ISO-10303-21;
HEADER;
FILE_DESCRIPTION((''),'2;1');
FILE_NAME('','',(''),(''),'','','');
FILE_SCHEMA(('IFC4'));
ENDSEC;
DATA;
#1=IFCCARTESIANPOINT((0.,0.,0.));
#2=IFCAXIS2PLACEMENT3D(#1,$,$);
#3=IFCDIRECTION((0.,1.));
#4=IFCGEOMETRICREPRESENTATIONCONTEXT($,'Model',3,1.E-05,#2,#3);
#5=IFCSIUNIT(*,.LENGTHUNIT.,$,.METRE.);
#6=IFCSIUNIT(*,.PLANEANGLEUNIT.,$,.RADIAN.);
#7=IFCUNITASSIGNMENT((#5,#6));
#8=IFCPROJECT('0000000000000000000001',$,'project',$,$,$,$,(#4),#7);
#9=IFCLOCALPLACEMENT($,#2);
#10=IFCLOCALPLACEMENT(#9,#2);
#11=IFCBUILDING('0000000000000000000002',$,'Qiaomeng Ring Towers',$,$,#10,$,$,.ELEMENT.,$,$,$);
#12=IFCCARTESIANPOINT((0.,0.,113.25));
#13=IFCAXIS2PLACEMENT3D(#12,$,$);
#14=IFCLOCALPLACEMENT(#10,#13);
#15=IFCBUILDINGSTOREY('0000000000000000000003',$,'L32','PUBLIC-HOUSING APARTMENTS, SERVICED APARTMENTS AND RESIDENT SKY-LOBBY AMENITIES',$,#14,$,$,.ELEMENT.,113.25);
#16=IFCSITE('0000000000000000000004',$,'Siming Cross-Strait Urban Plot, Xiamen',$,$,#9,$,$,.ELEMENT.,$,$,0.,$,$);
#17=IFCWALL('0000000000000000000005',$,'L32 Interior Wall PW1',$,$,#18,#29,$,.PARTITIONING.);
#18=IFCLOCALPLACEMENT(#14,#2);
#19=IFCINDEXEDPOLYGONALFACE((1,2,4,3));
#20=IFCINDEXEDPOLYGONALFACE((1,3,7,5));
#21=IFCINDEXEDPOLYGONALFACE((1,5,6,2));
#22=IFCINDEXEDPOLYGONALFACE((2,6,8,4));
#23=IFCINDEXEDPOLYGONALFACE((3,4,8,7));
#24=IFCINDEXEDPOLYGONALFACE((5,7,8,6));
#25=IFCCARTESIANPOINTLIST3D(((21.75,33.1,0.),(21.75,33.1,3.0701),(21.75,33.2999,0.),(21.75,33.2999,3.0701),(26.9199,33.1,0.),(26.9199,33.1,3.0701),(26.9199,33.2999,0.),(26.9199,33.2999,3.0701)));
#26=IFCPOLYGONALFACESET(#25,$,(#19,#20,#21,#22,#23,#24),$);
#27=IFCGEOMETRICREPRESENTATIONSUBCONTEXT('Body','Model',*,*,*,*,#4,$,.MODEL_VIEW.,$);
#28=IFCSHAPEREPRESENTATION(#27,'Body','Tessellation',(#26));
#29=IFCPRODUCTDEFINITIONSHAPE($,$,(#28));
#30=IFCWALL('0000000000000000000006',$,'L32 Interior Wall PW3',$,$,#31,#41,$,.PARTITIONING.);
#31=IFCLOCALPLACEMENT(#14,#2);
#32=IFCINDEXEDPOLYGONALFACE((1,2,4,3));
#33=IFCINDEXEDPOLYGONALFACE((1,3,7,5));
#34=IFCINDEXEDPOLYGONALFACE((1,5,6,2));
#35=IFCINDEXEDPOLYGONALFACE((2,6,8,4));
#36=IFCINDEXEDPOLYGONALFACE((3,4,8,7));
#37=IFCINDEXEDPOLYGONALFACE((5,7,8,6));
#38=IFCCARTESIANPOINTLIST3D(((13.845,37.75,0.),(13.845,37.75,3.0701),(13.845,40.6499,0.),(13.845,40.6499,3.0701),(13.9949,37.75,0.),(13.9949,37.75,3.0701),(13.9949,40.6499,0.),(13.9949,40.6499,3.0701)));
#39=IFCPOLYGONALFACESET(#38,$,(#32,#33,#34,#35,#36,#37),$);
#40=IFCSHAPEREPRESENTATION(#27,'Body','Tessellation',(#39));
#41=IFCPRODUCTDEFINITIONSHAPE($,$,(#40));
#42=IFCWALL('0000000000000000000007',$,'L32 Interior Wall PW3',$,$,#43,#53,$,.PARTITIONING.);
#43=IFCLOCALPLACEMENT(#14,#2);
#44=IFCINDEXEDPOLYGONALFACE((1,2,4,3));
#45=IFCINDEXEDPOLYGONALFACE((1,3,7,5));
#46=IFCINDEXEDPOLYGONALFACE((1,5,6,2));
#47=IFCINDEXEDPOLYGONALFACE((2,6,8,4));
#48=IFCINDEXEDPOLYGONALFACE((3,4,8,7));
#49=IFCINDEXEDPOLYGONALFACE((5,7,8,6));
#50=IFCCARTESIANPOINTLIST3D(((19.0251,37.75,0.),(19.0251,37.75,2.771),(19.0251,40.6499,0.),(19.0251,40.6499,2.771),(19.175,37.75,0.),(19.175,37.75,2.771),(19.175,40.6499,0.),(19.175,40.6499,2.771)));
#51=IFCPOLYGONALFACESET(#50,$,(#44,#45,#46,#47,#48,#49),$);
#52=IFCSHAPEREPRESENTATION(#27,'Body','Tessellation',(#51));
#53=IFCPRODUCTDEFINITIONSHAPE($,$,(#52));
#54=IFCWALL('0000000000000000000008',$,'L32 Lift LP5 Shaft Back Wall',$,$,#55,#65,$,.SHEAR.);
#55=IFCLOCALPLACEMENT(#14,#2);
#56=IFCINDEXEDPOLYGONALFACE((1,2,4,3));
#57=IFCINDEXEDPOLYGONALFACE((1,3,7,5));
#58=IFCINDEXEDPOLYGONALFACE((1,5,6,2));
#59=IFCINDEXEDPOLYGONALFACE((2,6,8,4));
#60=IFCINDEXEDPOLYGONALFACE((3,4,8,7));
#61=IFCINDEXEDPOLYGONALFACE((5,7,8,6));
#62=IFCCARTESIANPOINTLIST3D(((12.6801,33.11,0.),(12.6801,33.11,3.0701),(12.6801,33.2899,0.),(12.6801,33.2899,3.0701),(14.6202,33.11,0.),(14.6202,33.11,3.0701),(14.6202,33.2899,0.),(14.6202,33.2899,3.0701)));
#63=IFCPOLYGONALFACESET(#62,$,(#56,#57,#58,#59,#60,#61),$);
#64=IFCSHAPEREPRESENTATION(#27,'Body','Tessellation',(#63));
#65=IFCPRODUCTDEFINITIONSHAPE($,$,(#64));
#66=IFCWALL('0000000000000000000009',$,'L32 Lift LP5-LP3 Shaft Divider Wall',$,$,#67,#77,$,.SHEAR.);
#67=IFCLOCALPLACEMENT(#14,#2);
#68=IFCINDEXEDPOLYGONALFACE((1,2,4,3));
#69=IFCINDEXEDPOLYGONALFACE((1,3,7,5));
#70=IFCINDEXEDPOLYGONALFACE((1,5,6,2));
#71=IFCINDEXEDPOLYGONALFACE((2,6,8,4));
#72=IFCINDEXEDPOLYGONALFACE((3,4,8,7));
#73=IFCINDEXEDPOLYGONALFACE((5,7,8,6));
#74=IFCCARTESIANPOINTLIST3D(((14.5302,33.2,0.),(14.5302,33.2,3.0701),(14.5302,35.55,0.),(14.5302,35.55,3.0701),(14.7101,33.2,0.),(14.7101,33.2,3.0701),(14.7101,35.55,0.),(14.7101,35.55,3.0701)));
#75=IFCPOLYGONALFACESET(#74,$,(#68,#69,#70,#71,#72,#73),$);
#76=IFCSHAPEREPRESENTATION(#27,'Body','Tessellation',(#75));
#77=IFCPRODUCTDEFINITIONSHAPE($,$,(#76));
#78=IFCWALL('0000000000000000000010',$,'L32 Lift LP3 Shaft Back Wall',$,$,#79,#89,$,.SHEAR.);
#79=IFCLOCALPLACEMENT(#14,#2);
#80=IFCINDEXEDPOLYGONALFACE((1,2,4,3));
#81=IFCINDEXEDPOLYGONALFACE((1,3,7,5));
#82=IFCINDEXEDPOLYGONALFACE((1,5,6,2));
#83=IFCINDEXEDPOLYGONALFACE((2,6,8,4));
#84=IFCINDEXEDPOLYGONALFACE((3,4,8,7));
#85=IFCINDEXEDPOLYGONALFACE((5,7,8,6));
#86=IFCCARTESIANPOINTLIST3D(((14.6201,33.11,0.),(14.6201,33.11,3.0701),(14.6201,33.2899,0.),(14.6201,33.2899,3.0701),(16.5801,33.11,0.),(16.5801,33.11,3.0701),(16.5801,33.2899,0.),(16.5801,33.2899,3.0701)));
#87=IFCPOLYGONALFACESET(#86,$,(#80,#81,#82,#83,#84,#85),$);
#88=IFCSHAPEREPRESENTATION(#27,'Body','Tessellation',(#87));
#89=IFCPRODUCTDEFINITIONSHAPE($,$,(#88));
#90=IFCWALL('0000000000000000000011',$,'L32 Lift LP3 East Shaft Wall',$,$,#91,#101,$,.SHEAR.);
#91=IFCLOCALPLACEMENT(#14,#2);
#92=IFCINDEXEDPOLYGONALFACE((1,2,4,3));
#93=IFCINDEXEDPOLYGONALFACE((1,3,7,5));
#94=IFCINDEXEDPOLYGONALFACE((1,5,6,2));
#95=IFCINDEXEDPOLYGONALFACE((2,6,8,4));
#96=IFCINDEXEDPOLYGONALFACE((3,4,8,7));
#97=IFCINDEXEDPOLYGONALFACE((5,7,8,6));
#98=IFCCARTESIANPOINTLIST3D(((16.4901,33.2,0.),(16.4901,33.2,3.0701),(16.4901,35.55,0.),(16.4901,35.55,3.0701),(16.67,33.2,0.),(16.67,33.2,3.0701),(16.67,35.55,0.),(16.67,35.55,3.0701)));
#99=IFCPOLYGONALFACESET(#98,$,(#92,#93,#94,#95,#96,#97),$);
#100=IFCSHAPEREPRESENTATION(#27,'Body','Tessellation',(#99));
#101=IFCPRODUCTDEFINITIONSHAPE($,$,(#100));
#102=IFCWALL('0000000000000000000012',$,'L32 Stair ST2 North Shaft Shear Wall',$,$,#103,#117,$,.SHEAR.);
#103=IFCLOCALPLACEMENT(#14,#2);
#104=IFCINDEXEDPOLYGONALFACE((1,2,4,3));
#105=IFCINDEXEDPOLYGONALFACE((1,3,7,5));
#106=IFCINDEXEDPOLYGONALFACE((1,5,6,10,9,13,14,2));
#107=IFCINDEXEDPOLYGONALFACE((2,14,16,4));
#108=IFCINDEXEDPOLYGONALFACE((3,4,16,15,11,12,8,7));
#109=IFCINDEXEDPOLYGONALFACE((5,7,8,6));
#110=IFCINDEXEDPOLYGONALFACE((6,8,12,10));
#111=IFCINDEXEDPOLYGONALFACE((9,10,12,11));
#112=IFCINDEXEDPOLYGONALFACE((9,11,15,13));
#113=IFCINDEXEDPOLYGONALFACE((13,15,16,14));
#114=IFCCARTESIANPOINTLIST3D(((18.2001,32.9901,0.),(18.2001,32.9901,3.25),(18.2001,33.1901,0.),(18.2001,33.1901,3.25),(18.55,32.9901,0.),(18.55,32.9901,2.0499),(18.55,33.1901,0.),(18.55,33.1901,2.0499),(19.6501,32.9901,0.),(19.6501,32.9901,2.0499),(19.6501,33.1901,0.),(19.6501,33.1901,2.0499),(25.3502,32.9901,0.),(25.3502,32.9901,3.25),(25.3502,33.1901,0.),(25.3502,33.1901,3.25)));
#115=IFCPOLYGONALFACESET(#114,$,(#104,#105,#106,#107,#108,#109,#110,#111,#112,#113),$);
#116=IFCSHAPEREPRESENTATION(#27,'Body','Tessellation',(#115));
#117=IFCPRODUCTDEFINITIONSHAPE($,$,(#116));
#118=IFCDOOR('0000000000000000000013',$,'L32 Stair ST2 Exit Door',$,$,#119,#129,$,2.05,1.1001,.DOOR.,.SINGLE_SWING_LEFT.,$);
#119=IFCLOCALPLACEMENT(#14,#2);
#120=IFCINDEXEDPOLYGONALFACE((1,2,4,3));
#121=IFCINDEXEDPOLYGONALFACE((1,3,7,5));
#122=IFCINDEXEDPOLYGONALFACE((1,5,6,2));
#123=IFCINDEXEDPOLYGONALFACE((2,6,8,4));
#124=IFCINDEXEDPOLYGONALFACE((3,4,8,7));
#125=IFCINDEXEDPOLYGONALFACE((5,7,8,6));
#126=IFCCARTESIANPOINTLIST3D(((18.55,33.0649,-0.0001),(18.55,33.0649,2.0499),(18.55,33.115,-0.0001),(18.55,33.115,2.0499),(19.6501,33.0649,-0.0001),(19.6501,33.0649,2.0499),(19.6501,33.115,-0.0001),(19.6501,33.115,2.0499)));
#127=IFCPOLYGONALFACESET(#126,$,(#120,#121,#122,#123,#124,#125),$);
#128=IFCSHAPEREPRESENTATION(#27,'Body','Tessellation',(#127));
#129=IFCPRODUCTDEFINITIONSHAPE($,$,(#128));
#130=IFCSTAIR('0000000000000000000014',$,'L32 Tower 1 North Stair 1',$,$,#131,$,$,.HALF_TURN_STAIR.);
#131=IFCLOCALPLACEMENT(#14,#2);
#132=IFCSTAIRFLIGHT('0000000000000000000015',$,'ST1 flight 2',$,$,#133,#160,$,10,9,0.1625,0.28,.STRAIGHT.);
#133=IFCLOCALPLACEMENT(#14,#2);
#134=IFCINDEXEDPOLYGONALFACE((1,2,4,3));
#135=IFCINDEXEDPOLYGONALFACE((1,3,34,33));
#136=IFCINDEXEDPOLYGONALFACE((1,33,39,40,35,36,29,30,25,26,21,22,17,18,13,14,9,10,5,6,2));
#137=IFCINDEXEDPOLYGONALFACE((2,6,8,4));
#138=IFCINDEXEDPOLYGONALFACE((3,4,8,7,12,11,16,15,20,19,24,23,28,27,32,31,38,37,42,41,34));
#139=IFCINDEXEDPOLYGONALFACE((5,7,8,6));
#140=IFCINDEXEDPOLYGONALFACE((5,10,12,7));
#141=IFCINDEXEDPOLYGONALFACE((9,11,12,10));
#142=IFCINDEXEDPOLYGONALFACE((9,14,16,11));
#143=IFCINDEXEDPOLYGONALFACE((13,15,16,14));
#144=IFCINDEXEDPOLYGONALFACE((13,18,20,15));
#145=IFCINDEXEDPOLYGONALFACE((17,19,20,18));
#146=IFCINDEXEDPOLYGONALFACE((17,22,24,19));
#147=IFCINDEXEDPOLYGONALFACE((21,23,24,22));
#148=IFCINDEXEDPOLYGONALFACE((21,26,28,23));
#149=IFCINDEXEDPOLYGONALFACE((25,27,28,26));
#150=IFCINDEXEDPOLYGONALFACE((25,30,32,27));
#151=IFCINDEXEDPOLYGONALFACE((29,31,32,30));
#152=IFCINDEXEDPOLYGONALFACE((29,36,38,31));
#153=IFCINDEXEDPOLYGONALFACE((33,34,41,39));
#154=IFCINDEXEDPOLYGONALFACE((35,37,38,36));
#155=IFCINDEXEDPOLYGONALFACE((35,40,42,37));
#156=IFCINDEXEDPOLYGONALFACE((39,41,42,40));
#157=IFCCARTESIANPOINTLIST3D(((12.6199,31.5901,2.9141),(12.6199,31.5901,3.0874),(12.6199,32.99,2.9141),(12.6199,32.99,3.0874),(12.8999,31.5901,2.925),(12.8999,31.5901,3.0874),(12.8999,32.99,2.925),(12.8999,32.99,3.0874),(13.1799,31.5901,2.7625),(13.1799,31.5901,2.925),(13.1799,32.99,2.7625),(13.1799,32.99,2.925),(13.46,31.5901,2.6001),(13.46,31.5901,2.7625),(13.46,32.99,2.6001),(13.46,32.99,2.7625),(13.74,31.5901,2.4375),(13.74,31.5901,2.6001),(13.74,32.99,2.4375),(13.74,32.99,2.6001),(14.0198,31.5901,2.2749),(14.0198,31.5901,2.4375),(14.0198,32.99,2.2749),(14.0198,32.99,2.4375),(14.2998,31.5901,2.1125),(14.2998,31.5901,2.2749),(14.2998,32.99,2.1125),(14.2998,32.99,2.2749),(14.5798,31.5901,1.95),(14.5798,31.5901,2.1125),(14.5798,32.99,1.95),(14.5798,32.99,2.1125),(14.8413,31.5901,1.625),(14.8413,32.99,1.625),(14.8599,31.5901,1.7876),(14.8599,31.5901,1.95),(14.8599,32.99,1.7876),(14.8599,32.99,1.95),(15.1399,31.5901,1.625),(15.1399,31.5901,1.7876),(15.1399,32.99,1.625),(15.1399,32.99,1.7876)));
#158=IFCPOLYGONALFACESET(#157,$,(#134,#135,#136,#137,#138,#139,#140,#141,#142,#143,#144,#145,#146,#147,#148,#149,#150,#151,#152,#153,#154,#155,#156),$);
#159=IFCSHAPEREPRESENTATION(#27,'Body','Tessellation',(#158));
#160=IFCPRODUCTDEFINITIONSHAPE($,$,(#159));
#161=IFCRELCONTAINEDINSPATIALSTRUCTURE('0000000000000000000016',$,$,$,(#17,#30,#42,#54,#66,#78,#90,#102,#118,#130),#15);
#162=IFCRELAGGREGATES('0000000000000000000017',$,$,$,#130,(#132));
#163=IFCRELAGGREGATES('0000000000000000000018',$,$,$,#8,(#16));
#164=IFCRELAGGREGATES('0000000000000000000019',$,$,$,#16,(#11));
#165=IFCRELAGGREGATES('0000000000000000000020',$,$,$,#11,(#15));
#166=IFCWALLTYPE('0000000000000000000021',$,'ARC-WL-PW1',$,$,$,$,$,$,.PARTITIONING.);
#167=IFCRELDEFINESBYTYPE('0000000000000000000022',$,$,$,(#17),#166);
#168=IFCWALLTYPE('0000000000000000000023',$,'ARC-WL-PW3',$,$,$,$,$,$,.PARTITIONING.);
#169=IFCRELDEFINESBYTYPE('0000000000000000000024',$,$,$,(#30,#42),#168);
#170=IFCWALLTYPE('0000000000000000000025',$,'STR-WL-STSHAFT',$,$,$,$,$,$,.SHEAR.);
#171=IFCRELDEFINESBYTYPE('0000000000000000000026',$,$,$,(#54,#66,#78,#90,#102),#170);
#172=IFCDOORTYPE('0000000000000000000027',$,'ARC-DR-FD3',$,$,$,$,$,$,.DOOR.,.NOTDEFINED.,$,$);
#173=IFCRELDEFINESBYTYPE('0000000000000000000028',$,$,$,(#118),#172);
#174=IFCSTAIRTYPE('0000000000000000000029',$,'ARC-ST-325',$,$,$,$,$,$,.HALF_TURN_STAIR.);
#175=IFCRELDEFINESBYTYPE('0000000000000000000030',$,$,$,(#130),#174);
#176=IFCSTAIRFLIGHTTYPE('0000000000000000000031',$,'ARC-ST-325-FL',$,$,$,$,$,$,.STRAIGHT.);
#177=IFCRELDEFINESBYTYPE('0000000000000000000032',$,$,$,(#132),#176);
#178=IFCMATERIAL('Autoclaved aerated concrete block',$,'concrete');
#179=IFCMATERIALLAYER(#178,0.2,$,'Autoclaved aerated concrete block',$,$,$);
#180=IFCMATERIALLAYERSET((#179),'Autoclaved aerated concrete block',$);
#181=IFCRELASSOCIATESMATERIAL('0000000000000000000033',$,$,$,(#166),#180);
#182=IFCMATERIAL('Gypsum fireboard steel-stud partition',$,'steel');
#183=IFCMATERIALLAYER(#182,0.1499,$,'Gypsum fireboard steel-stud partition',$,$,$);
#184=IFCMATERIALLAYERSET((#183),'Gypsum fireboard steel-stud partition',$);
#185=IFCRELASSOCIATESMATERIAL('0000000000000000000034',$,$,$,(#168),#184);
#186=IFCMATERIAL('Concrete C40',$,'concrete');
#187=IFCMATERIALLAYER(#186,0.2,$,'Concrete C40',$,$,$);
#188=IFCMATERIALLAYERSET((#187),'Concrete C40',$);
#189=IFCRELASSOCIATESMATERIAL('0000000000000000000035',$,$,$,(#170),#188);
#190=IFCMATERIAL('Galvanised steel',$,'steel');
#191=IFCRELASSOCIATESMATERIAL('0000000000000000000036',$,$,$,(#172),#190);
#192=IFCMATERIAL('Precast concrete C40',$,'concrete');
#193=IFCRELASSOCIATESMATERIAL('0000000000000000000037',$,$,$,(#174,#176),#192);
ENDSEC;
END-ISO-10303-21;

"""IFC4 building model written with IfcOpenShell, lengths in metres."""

from ifc_helpers import new_model, si_unit, direction, frame, frame_2d, origin, place, context, subcontext, project, spatial, polyline, rectangle, outline, extrude, source, transform, mapped, material, layer, layer_set, type_object, element, fill, aggregate, save


model = new_model("IFC4")

# Units and contexts
model_context = context("Model", 3, precision=1e-05, world=origin(), true_north=direction((0.0, 1.0)))
body_context = subcontext(model_context, "Body", "Model", "MODEL_VIEW")
ifc_project = project(units=[si_unit("LENGTHUNIT", "METRE"), si_unit("PLANEANGLEUNIT", "RADIAN")], contexts=[model_context])

# Site, building, storey
site_placement = place(None, origin())
site = spatial("IfcSite", under=ifc_project, at=site_placement, Name="Siming Cross-Strait Urban Plot, Xiamen", CompositionType="ELEMENT", RefElevation=0.0)
building_placement = place(site_placement, origin())
building = spatial("IfcBuilding", under=site, at=building_placement, Name="Qiaomeng Ring Towers", CompositionType="ELEMENT")
storey_placement = place(building_placement, frame((0.0, 0.0, 113.25)))
storey = spatial("IfcBuildingStorey", under=building, at=storey_placement, Name="L32", Description="PUBLIC-HOUSING APARTMENTS, SERVICED APARTMENTS AND RESIDENT SKY-LOBBY AMENITIES", CompositionType="ELEMENT", Elevation=113.25)

# Walls
ifc_material_1 = material(Name="Autoclaved aerated concrete block", Category="concrete")
ifc_layer_1 = layer(ifc_material_1, 0.2, Name="Autoclaved aerated concrete block")
ifc_layer_set_1 = layer_set([ifc_layer_1], Name="Autoclaved aerated concrete block")
wall_type_1 = type_object("IfcWallType", Name="ARC-WL-PW1", PredefinedType="PARTITIONING", material=ifc_layer_set_1)
wall_1_placement = place(storey_placement, frame((21.75, 33.2, 0.0), z_axis=(0.0, 0.0, 1.0), x_axis=(1.0, 0.0, 0.0)))
element("IfcWall", 1, at=wall_1_placement, inside=storey, type_object=wall_type_1, Name="L32 Interior Wall PW1", PredefinedType="PARTITIONING", context=body_context, shape_type="SweptSolid", body=[
    extrude(rectangle(XDim=5.1699, YDim=0.2, at=frame_2d((2.585, 0.0))), origin(), (0.0, 0.0, 1.0), 3.0701),
])
ifc_material_2 = material(Name="Gypsum fireboard steel-stud partition", Category="steel")
ifc_layer_2 = layer(ifc_material_2, 0.1499, Name="Gypsum fireboard steel-stud partition")
ifc_layer_set_2 = layer_set([ifc_layer_2], Name="Gypsum fireboard steel-stud partition")
wall_type_2 = type_object("IfcWallType", Name="ARC-WL-PW3", PredefinedType="PARTITIONING", material=ifc_layer_set_2)
wall_2_placement = place(storey_placement, frame((13.9199, 37.75, 0.0), z_axis=(0.0, 0.0, 1.0), x_axis=(0.0, 1.0, 0.0)))
element("IfcWall", 2, at=wall_2_placement, inside=storey, type_object=wall_type_2, Name="L32 Interior Wall PW3", PredefinedType="PARTITIONING", context=body_context, shape_type="SweptSolid", body=[
    extrude(rectangle(XDim=2.8999, YDim=0.1499, at=frame_2d((1.45, 0.0))), origin(), (0.0, 0.0, 1.0), 3.0701),
])
wall_3_placement = place(storey_placement, frame((19.1001, 37.75, 0.0), z_axis=(0.0, 0.0, 1.0), x_axis=(0.0, 1.0, 0.0)))
element("IfcWall", 3, at=wall_3_placement, inside=storey, type_object=wall_type_2, Name="L32 Interior Wall PW3", PredefinedType="PARTITIONING", context=body_context, shape_type="SweptSolid", body=[
    extrude(rectangle(XDim=2.8999, YDim=0.1499, at=frame_2d((1.45, 0.0))), origin(), (0.0, 0.0, 1.0), 2.771),
])
ifc_material_3 = material(Name="Concrete C40", Category="concrete")
ifc_layer_3 = layer(ifc_material_3, 0.2, Name="Concrete C40")
ifc_layer_set_3 = layer_set([ifc_layer_3], Name="Concrete C40")
wall_type_3 = type_object("IfcWallType", Name="STR-WL-STSHAFT", PredefinedType="SHEAR", material=ifc_layer_set_3)
wall_4_placement = place(storey_placement, frame((12.6799, 33.2, 0.0), z_axis=(0.0, 0.0, 1.0), x_axis=(1.0, 0.0, 0.0)))
element("IfcWall", 4, at=wall_4_placement, inside=storey, type_object=wall_type_3, Name="L32 Lift LP5 Shaft Back Wall", PredefinedType="SHEAR", context=body_context, shape_type="SweptSolid", body=[
    extrude(rectangle(XDim=1.9402, YDim=0.1799, at=frame_2d((0.9702, 0.0))), origin(), (0.0, 0.0, 1.0), 3.0701),
])
wall_5_placement = place(storey_placement, frame((14.6201, 33.2, 0.0), z_axis=(0.0, 0.0, 1.0), x_axis=(0.0, 1.0, 0.0)))
element("IfcWall", 5, at=wall_5_placement, inside=storey, type_object=wall_type_3, Name="L32 Lift LP5-LP3 Shaft Divider Wall", PredefinedType="SHEAR", context=body_context, shape_type="SweptSolid", body=[
    extrude(rectangle(XDim=2.3501, YDim=0.1799, at=frame_2d((1.175, 0.0))), origin(), (0.0, 0.0, 1.0), 3.0701),
])
wall_6_placement = place(storey_placement, frame((14.6201, 33.2, 0.0), z_axis=(0.0, 0.0, 1.0), x_axis=(1.0, 0.0, 0.0)))
element("IfcWall", 6, at=wall_6_placement, inside=storey, type_object=wall_type_3, Name="L32 Lift LP3 Shaft Back Wall", PredefinedType="SHEAR", context=body_context, shape_type="SweptSolid", body=[
    extrude(rectangle(XDim=1.96, YDim=0.1799, at=frame_2d((0.98, 0.0))), origin(), (0.0, 0.0, 1.0), 3.0701),
])
wall_7_placement = place(storey_placement, frame((16.5801, 33.2, 0.0), z_axis=(0.0, 0.0, 1.0), x_axis=(0.0, 1.0, 0.0)))
element("IfcWall", 7, at=wall_7_placement, inside=storey, type_object=wall_type_3, Name="L32 Lift LP3 East Shaft Wall", PredefinedType="SHEAR", context=body_context, shape_type="SweptSolid", body=[
    extrude(rectangle(XDim=2.3501, YDim=0.1799, at=frame_2d((1.175, 0.0))), origin(), (0.0, 0.0, 1.0), 3.0701),
])

# Wall, opening, door
wall_8_placement = place(storey_placement, frame((18.2, 33.0901, 0.0), z_axis=(0.0, 0.0, 1.0), x_axis=(1.0, 0.0, 0.0)))
wall_8 = element("IfcWall", 8, at=wall_8_placement, inside=storey, type_object=wall_type_3, Name="L32 Stair ST2 North Shaft Shear Wall", PredefinedType="SHEAR", context=body_context, shape_type="SweptSolid", body=[
    extrude(rectangle(XDim=7.1501, YDim=0.2, at=frame_2d((3.5752, 0.0))), origin(), (0.0, 0.0, 1.0), 3.25),
])
opening_placement = place(wall_8_placement, frame((0.3501, 0.0, 0.0)))
opening = element("IfcOpeningElement", 9, at=opening_placement, cuts=wall_8, PredefinedType="OPENING", context=body_context, shape_type="SweptSolid", body=[
    extrude(rectangle(XDim=1.1001, YDim=2.05, at=frame_2d((0.55, 1.0249))), frame((0.0, 0.1099, 0.0), z_axis=(0.0, -1.0, 0.0), x_axis=(1.0, 0.0, 0.0)), (0.0, 0.0, 1.0), 0.22),
])
ifc_material_4 = material(Name="Galvanised steel", Category="steel")
door_type = type_object("IfcDoorType", Name="ARC-DR-FD3", OperationType="NOTDEFINED", PredefinedType="DOOR", material=ifc_material_4)
shared_shape_1 = source(origin(), body_context, "Body", "SweptSolid", [
    extrude(rectangle(XDim=1.1001, YDim=2.05, at=frame_2d((0.55, 1.0249))), frame((0.0, 0.0249, 0.0), z_axis=(0.0, -1.0, 0.0), x_axis=(1.0, 0.0, 0.0)), (0.0, 0.0, 1.0), 0.05),
])
door_placement = place(opening_placement, origin())
door = element("IfcDoor", 10, at=door_placement, inside=storey, type_object=door_type, Name="L32 Stair ST2 Exit Door", OperationType="SINGLE_SWING_LEFT", OverallHeight=2.05, OverallWidth=1.1001, PredefinedType="DOOR", context=body_context, shape_type="MappedRepresentation", body=[
    mapped(shared_shape_1, transform((0.0, 0.0, 0.0), x_axis=(1.0, 0.0, 0.0), y_axis=(0.0, 1.0, 0.0), z_axis=(0.0, 0.0, 1.0), scale=1.0)),
])
fill(opening, door)

# Stair, stair flight
ifc_material_5 = material(Name="Precast concrete C40", Category="concrete")
stair_type = type_object("IfcStairType", Name="ARC-ST-325", PredefinedType="HALF_TURN_STAIR", material=ifc_material_5)
stair_1_placement = place(storey_placement, origin())
stair_1 = element("IfcStair", 11, at=stair_1_placement, inside=storey, type_object=stair_type, Name="L32 Tower 1 North Stair 1", PredefinedType="HALF_TURN_STAIR")
stair_flight_type = type_object("IfcStairFlightType", Name="ARC-ST-325-FL", PredefinedType="STRAIGHT", material=ifc_material_5)
shared_shape_2 = source(origin(), body_context, "Body", "SweptSolid", [
    extrude(outline(polyline([(0.0, 0.0), (0.0, 0.1626), (0.28, 0.1626), (0.28, 0.325), (0.5601, 0.325), (0.5601, 0.4875), (0.8401, 0.4875), (0.8401, 0.6499), (1.1201, 0.6499), (1.1201, 0.8125), (1.3999, 0.8125), (1.3999, 0.9751), (1.6799, 0.9751), (1.6799, 1.1375), (1.96, 1.1375), (1.96, 1.3), (2.24, 1.3), (2.24, 1.4624), (2.52, 1.4624), (2.52, 1.625), (2.52, 1.2891), (0.2986, 0.0), (0.0, 0.0)])), frame((0.0, 0.7, 0.0), z_axis=(0.0, -1.0, 0.0), x_axis=(1.0, 0.0, 0.0)), (0.0, 0.0, 1.0), 1.3999),
])
stair_flight_1_placement = place(storey_placement, frame((15.1399, 32.29, 1.625), z_axis=(0.0, 0.0, 1.0), x_axis=(-1.0, 0.0, 0.0)))
stair_flight_1 = element("IfcStairFlight", 12, at=stair_flight_1_placement, type_object=stair_flight_type, Name="ST1 flight 2", NumberOfRisers=10, NumberOfTreads=9, PredefinedType="STRAIGHT", RiserHeight=0.1625, TreadLength=0.28, context=body_context, shape_type="MappedRepresentation", body=[
    mapped(shared_shape_2, transform((0.0, 0.0, 0.0), x_axis=(1.0, 0.0, 0.0), y_axis=(0.0, 1.0, 0.0), z_axis=(0.0, 0.0, 1.0), scale=1.0)),
])
aggregate(stair_1, [stair_flight_1])

save(model, "model.ifc")
